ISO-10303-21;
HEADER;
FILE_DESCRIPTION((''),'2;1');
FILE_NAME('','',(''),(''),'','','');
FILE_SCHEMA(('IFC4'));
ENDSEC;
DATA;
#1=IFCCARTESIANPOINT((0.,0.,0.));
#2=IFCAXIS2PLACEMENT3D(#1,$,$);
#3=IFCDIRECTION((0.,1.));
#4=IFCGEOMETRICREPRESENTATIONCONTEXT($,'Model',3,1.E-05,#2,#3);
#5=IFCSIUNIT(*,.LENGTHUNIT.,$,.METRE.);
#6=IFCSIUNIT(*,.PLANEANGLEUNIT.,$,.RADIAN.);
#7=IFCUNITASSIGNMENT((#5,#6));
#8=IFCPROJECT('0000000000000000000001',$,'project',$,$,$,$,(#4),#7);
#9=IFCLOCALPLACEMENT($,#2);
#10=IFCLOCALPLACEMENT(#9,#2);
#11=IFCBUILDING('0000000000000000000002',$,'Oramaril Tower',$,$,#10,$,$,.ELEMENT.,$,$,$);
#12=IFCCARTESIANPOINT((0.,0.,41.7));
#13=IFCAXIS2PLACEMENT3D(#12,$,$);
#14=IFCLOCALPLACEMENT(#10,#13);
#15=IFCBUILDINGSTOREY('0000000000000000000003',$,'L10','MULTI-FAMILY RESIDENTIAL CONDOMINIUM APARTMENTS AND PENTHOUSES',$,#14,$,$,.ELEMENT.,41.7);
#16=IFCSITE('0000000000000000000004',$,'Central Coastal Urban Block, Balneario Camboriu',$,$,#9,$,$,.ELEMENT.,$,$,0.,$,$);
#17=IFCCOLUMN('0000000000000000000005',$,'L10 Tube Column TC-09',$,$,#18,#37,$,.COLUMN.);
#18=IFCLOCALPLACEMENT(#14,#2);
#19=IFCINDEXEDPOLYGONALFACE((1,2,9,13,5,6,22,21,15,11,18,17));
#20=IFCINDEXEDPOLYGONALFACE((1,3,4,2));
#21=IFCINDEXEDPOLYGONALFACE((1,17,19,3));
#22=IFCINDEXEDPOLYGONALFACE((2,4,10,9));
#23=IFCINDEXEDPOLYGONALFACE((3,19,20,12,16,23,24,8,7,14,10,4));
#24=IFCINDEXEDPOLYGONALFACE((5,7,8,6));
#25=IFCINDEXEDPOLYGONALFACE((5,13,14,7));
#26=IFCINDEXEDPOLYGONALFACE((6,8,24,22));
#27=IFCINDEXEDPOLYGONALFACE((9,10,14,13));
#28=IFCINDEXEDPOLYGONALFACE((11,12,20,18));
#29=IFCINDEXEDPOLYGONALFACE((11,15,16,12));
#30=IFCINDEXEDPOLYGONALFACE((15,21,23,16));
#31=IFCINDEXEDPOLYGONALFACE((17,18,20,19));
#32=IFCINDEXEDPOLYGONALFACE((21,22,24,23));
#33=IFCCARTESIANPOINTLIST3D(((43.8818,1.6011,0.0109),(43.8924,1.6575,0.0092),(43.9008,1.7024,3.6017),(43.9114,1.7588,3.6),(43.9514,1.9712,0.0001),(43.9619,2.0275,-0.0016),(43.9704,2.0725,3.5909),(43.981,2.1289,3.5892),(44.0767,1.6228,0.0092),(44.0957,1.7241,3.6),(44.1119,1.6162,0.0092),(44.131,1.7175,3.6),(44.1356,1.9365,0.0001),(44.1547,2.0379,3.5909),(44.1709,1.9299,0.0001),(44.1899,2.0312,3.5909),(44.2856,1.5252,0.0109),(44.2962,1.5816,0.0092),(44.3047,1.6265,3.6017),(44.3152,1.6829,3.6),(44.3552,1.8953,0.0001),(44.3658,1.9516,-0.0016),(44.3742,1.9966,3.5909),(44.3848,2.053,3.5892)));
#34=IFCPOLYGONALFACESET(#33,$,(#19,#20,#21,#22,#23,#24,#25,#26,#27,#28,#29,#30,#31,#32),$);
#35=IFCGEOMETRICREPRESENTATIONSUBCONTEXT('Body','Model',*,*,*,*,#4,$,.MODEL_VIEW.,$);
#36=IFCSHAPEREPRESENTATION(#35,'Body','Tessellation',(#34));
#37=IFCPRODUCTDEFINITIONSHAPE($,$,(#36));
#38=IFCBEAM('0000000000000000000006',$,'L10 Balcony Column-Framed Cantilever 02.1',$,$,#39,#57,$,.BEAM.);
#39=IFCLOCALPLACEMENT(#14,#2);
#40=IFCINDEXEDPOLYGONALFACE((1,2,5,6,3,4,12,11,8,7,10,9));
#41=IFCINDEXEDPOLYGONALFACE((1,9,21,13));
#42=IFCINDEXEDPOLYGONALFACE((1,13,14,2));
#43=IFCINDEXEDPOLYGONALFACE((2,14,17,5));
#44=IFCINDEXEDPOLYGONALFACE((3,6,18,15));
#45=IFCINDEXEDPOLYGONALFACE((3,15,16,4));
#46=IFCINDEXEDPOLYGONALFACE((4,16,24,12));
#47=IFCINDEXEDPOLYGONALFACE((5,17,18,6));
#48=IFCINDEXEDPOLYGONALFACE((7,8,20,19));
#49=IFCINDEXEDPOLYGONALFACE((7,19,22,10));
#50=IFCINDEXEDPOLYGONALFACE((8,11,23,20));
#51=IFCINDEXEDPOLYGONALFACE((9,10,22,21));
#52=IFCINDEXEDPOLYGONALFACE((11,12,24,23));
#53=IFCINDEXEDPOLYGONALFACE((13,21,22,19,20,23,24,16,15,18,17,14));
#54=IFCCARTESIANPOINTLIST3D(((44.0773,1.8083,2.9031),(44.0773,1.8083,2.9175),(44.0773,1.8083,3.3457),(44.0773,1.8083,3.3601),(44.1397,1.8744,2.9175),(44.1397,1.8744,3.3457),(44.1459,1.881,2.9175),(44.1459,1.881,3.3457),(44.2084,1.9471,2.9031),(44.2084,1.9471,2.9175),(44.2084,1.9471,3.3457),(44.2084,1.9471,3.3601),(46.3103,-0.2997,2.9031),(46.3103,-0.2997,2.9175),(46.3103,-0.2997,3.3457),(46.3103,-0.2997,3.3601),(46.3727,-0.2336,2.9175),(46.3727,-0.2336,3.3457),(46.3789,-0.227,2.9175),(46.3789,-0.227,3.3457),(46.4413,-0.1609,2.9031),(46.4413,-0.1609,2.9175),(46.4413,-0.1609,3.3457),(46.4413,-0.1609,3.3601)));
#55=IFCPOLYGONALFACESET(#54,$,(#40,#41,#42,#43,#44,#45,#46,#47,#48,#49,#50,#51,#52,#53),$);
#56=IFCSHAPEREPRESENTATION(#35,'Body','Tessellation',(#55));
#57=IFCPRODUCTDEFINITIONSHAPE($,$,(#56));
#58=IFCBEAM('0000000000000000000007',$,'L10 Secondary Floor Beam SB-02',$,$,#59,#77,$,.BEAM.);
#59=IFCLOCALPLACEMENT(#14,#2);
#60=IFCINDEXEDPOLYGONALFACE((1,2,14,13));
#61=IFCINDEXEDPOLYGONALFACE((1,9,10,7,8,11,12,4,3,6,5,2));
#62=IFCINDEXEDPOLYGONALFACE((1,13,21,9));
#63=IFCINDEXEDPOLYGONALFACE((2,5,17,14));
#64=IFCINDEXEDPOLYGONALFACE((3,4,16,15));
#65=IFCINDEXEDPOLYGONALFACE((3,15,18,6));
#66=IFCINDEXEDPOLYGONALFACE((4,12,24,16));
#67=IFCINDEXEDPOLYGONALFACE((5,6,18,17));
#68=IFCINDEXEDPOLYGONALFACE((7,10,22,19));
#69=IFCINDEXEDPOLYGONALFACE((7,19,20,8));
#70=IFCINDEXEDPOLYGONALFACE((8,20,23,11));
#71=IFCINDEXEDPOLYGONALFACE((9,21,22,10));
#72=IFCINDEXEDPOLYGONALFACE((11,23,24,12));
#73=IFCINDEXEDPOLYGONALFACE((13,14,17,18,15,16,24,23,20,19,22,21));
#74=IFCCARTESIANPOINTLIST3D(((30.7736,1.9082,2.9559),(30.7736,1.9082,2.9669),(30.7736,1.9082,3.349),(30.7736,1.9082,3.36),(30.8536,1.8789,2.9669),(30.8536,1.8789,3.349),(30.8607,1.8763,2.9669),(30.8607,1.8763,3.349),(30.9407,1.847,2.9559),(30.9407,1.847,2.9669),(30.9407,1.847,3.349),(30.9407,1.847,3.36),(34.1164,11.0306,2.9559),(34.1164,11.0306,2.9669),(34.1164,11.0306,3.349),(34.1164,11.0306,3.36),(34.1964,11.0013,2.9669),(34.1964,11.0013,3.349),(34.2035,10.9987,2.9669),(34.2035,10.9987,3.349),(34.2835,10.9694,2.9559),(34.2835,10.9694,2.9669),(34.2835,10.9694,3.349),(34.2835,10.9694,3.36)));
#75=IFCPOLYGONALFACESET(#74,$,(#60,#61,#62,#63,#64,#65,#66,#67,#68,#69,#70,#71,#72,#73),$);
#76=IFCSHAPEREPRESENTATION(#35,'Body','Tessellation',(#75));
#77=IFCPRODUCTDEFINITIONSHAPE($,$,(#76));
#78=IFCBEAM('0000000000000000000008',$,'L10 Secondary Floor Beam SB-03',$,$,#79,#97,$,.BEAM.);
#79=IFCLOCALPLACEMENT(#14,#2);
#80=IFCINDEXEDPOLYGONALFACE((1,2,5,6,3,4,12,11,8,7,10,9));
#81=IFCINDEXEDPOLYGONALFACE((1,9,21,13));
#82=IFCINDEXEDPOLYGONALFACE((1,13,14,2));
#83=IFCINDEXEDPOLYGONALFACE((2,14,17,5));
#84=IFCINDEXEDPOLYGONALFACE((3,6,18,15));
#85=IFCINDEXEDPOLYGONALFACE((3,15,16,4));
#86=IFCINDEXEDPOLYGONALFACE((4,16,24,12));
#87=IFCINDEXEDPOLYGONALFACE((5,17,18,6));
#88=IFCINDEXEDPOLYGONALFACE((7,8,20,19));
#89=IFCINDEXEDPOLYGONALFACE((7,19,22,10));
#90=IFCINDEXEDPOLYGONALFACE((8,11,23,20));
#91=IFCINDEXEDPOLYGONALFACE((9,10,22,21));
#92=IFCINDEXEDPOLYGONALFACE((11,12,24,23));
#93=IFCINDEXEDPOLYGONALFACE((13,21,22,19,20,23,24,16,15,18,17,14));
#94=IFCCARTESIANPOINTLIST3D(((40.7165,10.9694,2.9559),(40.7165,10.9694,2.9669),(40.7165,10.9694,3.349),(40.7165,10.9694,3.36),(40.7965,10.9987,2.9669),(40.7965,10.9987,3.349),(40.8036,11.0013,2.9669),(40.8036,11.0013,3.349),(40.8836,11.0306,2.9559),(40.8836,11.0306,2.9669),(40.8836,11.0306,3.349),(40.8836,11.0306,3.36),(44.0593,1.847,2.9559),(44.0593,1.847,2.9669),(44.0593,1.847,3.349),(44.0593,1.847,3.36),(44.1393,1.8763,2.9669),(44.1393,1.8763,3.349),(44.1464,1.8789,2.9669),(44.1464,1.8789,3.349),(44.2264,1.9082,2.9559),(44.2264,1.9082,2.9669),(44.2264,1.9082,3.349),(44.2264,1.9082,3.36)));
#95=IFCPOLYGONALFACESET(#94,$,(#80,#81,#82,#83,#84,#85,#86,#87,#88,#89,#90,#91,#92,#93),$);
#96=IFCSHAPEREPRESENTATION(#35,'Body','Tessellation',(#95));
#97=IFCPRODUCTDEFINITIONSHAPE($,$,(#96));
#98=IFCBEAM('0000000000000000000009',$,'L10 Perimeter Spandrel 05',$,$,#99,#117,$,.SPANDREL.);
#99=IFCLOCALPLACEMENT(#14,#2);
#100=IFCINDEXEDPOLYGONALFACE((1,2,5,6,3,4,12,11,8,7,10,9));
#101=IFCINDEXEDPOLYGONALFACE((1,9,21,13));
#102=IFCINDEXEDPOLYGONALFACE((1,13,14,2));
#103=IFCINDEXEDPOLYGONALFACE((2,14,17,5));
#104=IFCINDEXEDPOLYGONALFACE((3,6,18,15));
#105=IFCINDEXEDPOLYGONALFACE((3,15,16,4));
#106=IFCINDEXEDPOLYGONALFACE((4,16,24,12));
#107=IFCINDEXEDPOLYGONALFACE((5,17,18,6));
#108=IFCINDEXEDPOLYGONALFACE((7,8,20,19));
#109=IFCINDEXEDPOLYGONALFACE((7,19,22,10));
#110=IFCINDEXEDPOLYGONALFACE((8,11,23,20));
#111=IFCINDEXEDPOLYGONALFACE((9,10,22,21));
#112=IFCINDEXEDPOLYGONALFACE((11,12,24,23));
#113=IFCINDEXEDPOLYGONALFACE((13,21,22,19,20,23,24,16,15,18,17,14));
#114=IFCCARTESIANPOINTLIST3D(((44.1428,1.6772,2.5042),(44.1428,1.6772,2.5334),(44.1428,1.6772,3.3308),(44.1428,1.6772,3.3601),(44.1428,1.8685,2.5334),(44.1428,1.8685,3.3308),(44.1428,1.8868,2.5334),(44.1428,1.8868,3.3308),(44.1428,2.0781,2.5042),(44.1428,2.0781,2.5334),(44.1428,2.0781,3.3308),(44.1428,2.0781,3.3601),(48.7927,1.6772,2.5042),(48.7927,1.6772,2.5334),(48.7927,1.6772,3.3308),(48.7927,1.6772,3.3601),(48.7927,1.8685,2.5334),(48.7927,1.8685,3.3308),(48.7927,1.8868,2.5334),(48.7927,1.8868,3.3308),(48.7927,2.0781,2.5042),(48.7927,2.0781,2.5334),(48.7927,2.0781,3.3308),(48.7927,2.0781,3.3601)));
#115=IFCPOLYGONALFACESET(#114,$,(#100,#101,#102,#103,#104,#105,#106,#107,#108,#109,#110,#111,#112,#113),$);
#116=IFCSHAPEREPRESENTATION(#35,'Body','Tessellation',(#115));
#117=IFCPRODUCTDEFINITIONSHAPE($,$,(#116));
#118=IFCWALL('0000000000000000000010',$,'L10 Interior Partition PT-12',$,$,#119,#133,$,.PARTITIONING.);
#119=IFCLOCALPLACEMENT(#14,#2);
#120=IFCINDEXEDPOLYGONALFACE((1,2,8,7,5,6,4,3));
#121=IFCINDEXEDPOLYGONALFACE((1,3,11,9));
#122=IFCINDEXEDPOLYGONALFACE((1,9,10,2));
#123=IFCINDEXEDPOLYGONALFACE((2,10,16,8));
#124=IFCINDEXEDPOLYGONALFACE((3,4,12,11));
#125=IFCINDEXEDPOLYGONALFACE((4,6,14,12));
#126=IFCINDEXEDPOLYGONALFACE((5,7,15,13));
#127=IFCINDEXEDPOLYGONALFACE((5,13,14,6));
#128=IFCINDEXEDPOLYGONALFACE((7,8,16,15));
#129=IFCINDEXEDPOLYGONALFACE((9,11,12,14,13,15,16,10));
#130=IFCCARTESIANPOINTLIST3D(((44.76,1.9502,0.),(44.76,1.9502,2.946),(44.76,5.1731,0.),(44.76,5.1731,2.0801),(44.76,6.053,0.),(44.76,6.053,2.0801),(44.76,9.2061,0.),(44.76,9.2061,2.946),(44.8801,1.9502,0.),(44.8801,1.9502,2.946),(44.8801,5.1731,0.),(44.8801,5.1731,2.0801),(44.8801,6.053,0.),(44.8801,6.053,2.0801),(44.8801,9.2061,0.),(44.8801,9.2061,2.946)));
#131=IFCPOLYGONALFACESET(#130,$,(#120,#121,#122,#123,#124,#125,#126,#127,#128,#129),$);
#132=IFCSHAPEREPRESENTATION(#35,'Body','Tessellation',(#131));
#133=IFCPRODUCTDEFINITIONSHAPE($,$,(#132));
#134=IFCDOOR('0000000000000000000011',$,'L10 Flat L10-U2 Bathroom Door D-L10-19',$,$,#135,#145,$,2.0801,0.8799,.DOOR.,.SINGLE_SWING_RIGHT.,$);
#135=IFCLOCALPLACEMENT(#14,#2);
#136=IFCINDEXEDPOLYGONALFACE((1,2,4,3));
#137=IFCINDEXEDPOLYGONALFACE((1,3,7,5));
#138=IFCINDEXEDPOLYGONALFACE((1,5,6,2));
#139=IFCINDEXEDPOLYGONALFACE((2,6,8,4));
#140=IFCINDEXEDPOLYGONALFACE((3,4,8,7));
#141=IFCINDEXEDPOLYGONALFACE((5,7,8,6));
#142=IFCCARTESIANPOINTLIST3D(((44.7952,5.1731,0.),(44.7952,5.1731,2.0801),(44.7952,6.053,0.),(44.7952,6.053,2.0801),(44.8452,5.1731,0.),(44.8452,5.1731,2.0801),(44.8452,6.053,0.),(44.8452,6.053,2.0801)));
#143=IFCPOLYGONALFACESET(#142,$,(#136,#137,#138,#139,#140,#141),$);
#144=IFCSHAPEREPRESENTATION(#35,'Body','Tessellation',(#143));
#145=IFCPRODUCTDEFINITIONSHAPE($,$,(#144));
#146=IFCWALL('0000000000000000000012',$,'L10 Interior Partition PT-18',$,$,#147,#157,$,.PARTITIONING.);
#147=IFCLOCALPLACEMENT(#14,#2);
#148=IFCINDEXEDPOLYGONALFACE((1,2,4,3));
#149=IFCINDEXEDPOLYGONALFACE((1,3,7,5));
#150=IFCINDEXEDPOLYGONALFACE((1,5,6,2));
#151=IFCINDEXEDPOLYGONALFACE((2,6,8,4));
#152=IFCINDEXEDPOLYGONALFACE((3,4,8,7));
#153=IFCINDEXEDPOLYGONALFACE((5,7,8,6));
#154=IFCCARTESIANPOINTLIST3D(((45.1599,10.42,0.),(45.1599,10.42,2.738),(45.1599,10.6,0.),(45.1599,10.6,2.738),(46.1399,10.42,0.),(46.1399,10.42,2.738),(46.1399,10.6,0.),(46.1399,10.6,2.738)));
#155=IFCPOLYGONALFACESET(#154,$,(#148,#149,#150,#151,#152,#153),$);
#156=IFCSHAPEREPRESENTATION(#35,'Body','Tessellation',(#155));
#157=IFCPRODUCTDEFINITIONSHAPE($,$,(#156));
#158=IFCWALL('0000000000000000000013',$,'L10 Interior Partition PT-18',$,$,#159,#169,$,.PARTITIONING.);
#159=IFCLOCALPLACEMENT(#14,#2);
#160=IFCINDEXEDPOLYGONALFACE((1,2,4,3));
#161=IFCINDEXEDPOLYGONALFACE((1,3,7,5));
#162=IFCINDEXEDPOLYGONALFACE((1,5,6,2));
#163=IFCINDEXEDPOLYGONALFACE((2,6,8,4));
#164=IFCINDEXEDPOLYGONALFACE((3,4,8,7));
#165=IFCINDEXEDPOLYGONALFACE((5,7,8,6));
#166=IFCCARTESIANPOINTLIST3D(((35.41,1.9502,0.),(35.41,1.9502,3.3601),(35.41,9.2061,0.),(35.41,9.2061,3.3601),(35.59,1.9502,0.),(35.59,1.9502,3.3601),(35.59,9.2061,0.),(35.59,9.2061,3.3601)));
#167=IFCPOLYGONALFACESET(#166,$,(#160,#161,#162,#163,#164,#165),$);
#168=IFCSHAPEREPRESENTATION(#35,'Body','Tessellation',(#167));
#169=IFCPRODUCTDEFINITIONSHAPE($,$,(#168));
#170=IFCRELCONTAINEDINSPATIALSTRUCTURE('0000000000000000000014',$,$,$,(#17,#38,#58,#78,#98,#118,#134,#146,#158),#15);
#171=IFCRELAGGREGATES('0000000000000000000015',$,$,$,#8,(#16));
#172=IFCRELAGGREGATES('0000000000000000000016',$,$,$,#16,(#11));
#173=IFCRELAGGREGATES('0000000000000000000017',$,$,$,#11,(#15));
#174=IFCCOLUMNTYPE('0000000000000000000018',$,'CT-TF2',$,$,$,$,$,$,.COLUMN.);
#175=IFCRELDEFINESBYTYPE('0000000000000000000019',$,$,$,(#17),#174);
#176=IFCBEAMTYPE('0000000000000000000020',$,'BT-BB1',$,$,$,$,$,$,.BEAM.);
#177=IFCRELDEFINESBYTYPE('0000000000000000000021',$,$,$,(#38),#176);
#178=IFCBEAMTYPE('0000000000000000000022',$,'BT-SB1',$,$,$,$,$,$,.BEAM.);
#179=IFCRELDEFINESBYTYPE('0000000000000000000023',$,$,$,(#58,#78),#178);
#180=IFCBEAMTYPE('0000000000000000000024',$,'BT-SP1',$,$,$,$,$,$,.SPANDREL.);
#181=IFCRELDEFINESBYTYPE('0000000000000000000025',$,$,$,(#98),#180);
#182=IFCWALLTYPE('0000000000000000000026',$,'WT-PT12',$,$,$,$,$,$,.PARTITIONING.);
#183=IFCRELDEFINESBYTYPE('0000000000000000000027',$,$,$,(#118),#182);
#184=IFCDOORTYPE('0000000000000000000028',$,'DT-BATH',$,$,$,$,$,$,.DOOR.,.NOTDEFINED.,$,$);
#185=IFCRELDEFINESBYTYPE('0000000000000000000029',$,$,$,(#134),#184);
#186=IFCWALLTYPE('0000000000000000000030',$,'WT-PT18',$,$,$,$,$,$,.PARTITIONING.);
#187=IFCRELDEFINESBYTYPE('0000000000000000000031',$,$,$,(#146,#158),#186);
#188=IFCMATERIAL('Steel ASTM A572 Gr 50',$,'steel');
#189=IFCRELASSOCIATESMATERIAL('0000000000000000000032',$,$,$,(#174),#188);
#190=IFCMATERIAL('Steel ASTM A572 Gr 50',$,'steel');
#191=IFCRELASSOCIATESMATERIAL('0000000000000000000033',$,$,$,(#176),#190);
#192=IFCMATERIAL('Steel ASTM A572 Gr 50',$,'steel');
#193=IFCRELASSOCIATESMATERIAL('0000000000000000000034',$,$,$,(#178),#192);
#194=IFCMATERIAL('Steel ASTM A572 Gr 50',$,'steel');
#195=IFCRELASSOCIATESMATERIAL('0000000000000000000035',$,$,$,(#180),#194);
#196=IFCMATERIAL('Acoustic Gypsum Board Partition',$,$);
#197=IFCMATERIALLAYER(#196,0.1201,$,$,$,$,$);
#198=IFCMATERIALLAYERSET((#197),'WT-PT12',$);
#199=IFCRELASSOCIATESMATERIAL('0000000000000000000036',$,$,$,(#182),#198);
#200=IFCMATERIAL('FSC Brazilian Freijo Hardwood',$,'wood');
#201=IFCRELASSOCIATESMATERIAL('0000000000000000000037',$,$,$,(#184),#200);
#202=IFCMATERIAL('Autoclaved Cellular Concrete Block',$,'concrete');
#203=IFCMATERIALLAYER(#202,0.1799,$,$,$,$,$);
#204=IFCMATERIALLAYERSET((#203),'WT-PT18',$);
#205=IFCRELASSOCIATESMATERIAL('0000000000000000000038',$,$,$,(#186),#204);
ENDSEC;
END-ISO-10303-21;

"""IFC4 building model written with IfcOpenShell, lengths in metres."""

from ifc_helpers import new_model, si_unit, direction, frame, frame_2d, origin, origin_2d, place, context, subcontext, project, spatial, rectangle, i_section, extrude, material, layer, layer_set, material_profile, profile_set, type_object, element, fill, save


model = new_model("IFC4")

# Units and contexts
model_context = context("Model", 3, precision=1e-05, world=origin(), true_north=direction((0.0, 1.0)))
body_context = subcontext(model_context, "Body", "Model", "MODEL_VIEW")
ifc_project = project(units=[si_unit("LENGTHUNIT", "METRE"), si_unit("PLANEANGLEUNIT", "RADIAN")], contexts=[model_context])

# Site, building, storey
site_placement = place(None, origin())
site = spatial("IfcSite", under=ifc_project, at=site_placement, Name="Central Coastal Urban Block, Balneario Camboriu", CompositionType="ELEMENT", RefElevation=0.0)
building_placement = place(site_placement, origin())
building = spatial("IfcBuilding", under=site, at=building_placement, Name="Oramaril Tower", CompositionType="ELEMENT")
storey_placement = place(building_placement, frame((0.0, 0.0, 41.7)))
storey = spatial("IfcBuildingStorey", under=building, at=storey_placement, Name="L10", Description="MULTI-FAMILY RESIDENTIAL CONDOMINIUM APARTMENTS AND PENTHOUSES", CompositionType="ELEMENT", Elevation=41.7)

# Column
ifc_material_1 = material(Name="Steel ASTM A572 Gr 50", Category="steel")
ifc_material_profile_1 = material_profile(ifc_material_1, i_section(OverallWidth=0.4109, OverallDepth=0.4341, WebThickness=0.0359, FlangeThickness=0.0574, at=origin_2d()), Name="W14X311")
ifc_profile_set_1 = profile_set([ifc_material_profile_1], Name="Steel ASTM A572 Gr 50")
column_type = type_object("IfcColumnType", Name="CT-TF2", PredefinedType="COLUMN", material=ifc_profile_set_1)
column_placement = place(storey_placement, frame((44.1238, 1.7764, 0.0046), z_axis=(0.005301, 0.028204, 0.999588), x_axis=(-0.982792, 0.184717, 0.0)))
element("IfcColumn", 1, at=column_placement, inside=storey, type_object=column_type, Name="L10 Tube Column TC-09", PredefinedType="COLUMN", context=body_context, shape_type="SweptSolid", body=[
    extrude(i_section(OverallWidth=0.4109, OverallDepth=0.4341, WebThickness=0.0359, FlangeThickness=0.0574, at=origin_2d()), origin(), (0.0, 0.0, 1.0), 3.5923),
])

# Beams
ifc_material_2 = material(Name="Steel ASTM A572 Gr 50", Category="steel")
ifc_material_profile_2 = material_profile(ifc_material_2, i_section(OverallWidth=0.1909, OverallDepth=0.457, WebThickness=0.009, FlangeThickness=0.0144, at=origin_2d()), Name="W18X50")
ifc_profile_set_2 = profile_set([ifc_material_profile_2], Name="Steel ASTM A572 Gr 50")
beam_type_1 = type_object("IfcBeamType", Name="BT-BB1", PredefinedType="BEAM", material=ifc_profile_set_2)
beam_1_placement = place(storey_placement, frame((44.1428, 1.8777, 3.1316), z_axis=(0.727167, -0.68646, 0.0), x_axis=(0.68646, 0.727167, 0.0)))
element("IfcBeam", 2, at=beam_1_placement, inside=storey, type_object=beam_type_1, Name="L10 Balcony Column-Framed Cantilever 02.1", PredefinedType="BEAM", context=body_context, shape_type="SweptSolid", body=[
    extrude(i_section(OverallWidth=0.1909, OverallDepth=0.457, WebThickness=0.009, FlangeThickness=0.0144, at=origin_2d()), origin(), (0.0, 0.0, 1.0), 3.0708),
])
ifc_material_3 = material(Name="Steel ASTM A572 Gr 50", Category="steel")
ifc_material_profile_3 = material_profile(ifc_material_3, i_section(OverallWidth=0.178, OverallDepth=0.4041, WebThickness=0.0076, FlangeThickness=0.011, at=origin_2d()), Name="W16X36")
ifc_profile_set_3 = profile_set([ifc_material_profile_3], Name="Steel ASTM A572 Gr 50")
beam_type_2 = type_object("IfcBeamType", Name="BT-SB1", PredefinedType="BEAM", material=ifc_profile_set_3)
for number, where, z_axis, x_axis, name in (
    (3, (34.2, 11.0, 3.158), (-0.344066, -0.938945, 0.0), (0.938945, -0.344066, 0.0), "L10 Secondary Floor Beam SB-02"),
    (4, (40.8, 11.0, 3.158), (0.344066, -0.938945, 0.0), (0.938945, 0.344066, 0.0), "L10 Secondary Floor Beam SB-03"),
):
    element("IfcBeam", number, at=place(storey_placement, frame(where, z_axis=z_axis, x_axis=x_axis)), inside=storey, type_object=beam_type_2, Name=name, PredefinedType="BEAM", context=body_context, shape_type="SweptSolid", body=[
        extrude(i_section(OverallWidth=0.178, OverallDepth=0.4041, WebThickness=0.0076, FlangeThickness=0.011, at=origin_2d()), origin(), (0.0, 0.0, 1.0), 9.7156),
    ])
ifc_material_4 = material(Name="Steel ASTM A572 Gr 50", Category="steel")
ifc_material_profile_4 = material_profile(ifc_material_4, i_section(OverallWidth=0.4009, OverallDepth=0.856, WebThickness=0.0183, FlangeThickness=0.0293, at=origin_2d()), Name="W33X201")
ifc_profile_set_4 = profile_set([ifc_material_profile_4], Name="Steel ASTM A572 Gr 50")
beam_type_3 = type_object("IfcBeamType", Name="BT-SP1", PredefinedType="SPANDREL", material=ifc_profile_set_4)
beam_2_placement = place(storey_placement, frame((44.1428, 1.8777, 2.9321), z_axis=(1.0, 0.0, 0.0), x_axis=(0.0, 1.0, 0.0)))
element("IfcBeam", 5, at=beam_2_placement, inside=storey, type_object=beam_type_3, Name="L10 Perimeter Spandrel 05", PredefinedType="SPANDREL", context=body_context, shape_type="SweptSolid", body=[
    extrude(i_section(OverallWidth=0.4009, OverallDepth=0.856, WebThickness=0.0183, FlangeThickness=0.0293, at=origin_2d()), origin(), (0.0, 0.0, 1.0), 4.6499),
])

# Wall, opening, door
ifc_material_5 = material(Name="Acoustic Gypsum Board Partition")
ifc_layer_1 = layer(ifc_material_5, 0.1201)
ifc_layer_set_1 = layer_set([ifc_layer_1], Name="WT-PT12")
wall_type_1 = type_object("IfcWallType", Name="WT-PT12", PredefinedType="PARTITIONING", material=ifc_layer_set_1)
wall_1_placement = place(storey_placement, frame((44.8201, 1.9502, 0.0), z_axis=(0.0, 0.0, 1.0), x_axis=(0.0, 1.0, 0.0)))
wall_1 = element("IfcWall", 6, at=wall_1_placement, inside=storey, type_object=wall_type_1, Name="L10 Interior Partition PT-12", PredefinedType="PARTITIONING", context=body_context, shape_type="SweptSolid", body=[
    extrude(rectangle(XDim=7.2559, YDim=0.1201, at=frame_2d((3.6279, 0.0))), origin(), (0.0, 0.0, 1.0), 2.946),
])
opening_placement = place(wall_1_placement, frame((3.2229, 0.0, 0.0)))
opening = element("IfcOpeningElement", 7, at=opening_placement, cuts=wall_1, PredefinedType="OPENING", context=body_context, shape_type="SweptSolid", body=[
    extrude(rectangle(XDim=0.8799, YDim=2.0801, at=frame_2d((0.4399, 1.04))), frame((0.0, 0.0601, 0.0), z_axis=(0.0, -1.0, 0.0), x_axis=(1.0, 0.0, 0.0)), (0.0, 0.0, 1.0), 0.1201),
])
ifc_material_6 = material(Name="FSC Brazilian Freijo Hardwood", Category="wood")
door_type = type_object("IfcDoorType", Name="DT-BATH", OperationType="NOTDEFINED", PredefinedType="DOOR", material=ifc_material_6)
door_placement = place(opening_placement, origin())
door = element("IfcDoor", 8, at=door_placement, inside=storey, type_object=door_type, Name="L10 Flat L10-U2 Bathroom Door D-L10-19", OperationType="SINGLE_SWING_RIGHT", OverallHeight=2.0801, OverallWidth=0.8799, PredefinedType="DOOR", context=body_context, shape_type="SweptSolid", body=[
    extrude(rectangle(XDim=0.8799, YDim=2.0801, at=frame_2d((0.4399, 1.04))), frame((0.0, 0.0249, 0.0), z_axis=(0.0, -1.0, 0.0), x_axis=(1.0, 0.0, 0.0)), (0.0, 0.0, 1.0), 0.05),
])
fill(opening, door)

# Walls
ifc_material_7 = material(Name="Autoclaved Cellular Concrete Block", Category="concrete")
ifc_layer_2 = layer(ifc_material_7, 0.1799)
ifc_layer_set_2 = layer_set([ifc_layer_2], Name="WT-PT18")
wall_type_2 = type_object("IfcWallType", Name="WT-PT18", PredefinedType="PARTITIONING", material=ifc_layer_set_2)
wall_2_placement = place(storey_placement, frame((45.1599, 10.51, 0.0), z_axis=(0.0, 0.0, 1.0), x_axis=(1.0, 0.0, 0.0)))
element("IfcWall", 9, at=wall_2_placement, inside=storey, type_object=wall_type_2, Name="L10 Interior Partition PT-18", PredefinedType="PARTITIONING", context=body_context, shape_type="SweptSolid", body=[
    extrude(rectangle(XDim=0.98, YDim=0.1799, at=frame_2d((0.49, 0.0))), origin(), (0.0, 0.0, 1.0), 2.738),
])
wall_3_placement = place(storey_placement, frame((35.5, 1.9502, 0.0), z_axis=(0.0, 0.0, 1.0), x_axis=(0.0, 1.0, 0.0)))
element("IfcWall", 10, at=wall_3_placement, inside=storey, type_object=wall_type_2, Name="L10 Interior Partition PT-18", PredefinedType="PARTITIONING", context=body_context, shape_type="SweptSolid", body=[
    extrude(rectangle(XDim=7.2559, YDim=0.1799, at=frame_2d((3.6279, 0.0))), origin(), (0.0, 0.0, 1.0), 3.3601),
])

save(model, "model.ifc")
